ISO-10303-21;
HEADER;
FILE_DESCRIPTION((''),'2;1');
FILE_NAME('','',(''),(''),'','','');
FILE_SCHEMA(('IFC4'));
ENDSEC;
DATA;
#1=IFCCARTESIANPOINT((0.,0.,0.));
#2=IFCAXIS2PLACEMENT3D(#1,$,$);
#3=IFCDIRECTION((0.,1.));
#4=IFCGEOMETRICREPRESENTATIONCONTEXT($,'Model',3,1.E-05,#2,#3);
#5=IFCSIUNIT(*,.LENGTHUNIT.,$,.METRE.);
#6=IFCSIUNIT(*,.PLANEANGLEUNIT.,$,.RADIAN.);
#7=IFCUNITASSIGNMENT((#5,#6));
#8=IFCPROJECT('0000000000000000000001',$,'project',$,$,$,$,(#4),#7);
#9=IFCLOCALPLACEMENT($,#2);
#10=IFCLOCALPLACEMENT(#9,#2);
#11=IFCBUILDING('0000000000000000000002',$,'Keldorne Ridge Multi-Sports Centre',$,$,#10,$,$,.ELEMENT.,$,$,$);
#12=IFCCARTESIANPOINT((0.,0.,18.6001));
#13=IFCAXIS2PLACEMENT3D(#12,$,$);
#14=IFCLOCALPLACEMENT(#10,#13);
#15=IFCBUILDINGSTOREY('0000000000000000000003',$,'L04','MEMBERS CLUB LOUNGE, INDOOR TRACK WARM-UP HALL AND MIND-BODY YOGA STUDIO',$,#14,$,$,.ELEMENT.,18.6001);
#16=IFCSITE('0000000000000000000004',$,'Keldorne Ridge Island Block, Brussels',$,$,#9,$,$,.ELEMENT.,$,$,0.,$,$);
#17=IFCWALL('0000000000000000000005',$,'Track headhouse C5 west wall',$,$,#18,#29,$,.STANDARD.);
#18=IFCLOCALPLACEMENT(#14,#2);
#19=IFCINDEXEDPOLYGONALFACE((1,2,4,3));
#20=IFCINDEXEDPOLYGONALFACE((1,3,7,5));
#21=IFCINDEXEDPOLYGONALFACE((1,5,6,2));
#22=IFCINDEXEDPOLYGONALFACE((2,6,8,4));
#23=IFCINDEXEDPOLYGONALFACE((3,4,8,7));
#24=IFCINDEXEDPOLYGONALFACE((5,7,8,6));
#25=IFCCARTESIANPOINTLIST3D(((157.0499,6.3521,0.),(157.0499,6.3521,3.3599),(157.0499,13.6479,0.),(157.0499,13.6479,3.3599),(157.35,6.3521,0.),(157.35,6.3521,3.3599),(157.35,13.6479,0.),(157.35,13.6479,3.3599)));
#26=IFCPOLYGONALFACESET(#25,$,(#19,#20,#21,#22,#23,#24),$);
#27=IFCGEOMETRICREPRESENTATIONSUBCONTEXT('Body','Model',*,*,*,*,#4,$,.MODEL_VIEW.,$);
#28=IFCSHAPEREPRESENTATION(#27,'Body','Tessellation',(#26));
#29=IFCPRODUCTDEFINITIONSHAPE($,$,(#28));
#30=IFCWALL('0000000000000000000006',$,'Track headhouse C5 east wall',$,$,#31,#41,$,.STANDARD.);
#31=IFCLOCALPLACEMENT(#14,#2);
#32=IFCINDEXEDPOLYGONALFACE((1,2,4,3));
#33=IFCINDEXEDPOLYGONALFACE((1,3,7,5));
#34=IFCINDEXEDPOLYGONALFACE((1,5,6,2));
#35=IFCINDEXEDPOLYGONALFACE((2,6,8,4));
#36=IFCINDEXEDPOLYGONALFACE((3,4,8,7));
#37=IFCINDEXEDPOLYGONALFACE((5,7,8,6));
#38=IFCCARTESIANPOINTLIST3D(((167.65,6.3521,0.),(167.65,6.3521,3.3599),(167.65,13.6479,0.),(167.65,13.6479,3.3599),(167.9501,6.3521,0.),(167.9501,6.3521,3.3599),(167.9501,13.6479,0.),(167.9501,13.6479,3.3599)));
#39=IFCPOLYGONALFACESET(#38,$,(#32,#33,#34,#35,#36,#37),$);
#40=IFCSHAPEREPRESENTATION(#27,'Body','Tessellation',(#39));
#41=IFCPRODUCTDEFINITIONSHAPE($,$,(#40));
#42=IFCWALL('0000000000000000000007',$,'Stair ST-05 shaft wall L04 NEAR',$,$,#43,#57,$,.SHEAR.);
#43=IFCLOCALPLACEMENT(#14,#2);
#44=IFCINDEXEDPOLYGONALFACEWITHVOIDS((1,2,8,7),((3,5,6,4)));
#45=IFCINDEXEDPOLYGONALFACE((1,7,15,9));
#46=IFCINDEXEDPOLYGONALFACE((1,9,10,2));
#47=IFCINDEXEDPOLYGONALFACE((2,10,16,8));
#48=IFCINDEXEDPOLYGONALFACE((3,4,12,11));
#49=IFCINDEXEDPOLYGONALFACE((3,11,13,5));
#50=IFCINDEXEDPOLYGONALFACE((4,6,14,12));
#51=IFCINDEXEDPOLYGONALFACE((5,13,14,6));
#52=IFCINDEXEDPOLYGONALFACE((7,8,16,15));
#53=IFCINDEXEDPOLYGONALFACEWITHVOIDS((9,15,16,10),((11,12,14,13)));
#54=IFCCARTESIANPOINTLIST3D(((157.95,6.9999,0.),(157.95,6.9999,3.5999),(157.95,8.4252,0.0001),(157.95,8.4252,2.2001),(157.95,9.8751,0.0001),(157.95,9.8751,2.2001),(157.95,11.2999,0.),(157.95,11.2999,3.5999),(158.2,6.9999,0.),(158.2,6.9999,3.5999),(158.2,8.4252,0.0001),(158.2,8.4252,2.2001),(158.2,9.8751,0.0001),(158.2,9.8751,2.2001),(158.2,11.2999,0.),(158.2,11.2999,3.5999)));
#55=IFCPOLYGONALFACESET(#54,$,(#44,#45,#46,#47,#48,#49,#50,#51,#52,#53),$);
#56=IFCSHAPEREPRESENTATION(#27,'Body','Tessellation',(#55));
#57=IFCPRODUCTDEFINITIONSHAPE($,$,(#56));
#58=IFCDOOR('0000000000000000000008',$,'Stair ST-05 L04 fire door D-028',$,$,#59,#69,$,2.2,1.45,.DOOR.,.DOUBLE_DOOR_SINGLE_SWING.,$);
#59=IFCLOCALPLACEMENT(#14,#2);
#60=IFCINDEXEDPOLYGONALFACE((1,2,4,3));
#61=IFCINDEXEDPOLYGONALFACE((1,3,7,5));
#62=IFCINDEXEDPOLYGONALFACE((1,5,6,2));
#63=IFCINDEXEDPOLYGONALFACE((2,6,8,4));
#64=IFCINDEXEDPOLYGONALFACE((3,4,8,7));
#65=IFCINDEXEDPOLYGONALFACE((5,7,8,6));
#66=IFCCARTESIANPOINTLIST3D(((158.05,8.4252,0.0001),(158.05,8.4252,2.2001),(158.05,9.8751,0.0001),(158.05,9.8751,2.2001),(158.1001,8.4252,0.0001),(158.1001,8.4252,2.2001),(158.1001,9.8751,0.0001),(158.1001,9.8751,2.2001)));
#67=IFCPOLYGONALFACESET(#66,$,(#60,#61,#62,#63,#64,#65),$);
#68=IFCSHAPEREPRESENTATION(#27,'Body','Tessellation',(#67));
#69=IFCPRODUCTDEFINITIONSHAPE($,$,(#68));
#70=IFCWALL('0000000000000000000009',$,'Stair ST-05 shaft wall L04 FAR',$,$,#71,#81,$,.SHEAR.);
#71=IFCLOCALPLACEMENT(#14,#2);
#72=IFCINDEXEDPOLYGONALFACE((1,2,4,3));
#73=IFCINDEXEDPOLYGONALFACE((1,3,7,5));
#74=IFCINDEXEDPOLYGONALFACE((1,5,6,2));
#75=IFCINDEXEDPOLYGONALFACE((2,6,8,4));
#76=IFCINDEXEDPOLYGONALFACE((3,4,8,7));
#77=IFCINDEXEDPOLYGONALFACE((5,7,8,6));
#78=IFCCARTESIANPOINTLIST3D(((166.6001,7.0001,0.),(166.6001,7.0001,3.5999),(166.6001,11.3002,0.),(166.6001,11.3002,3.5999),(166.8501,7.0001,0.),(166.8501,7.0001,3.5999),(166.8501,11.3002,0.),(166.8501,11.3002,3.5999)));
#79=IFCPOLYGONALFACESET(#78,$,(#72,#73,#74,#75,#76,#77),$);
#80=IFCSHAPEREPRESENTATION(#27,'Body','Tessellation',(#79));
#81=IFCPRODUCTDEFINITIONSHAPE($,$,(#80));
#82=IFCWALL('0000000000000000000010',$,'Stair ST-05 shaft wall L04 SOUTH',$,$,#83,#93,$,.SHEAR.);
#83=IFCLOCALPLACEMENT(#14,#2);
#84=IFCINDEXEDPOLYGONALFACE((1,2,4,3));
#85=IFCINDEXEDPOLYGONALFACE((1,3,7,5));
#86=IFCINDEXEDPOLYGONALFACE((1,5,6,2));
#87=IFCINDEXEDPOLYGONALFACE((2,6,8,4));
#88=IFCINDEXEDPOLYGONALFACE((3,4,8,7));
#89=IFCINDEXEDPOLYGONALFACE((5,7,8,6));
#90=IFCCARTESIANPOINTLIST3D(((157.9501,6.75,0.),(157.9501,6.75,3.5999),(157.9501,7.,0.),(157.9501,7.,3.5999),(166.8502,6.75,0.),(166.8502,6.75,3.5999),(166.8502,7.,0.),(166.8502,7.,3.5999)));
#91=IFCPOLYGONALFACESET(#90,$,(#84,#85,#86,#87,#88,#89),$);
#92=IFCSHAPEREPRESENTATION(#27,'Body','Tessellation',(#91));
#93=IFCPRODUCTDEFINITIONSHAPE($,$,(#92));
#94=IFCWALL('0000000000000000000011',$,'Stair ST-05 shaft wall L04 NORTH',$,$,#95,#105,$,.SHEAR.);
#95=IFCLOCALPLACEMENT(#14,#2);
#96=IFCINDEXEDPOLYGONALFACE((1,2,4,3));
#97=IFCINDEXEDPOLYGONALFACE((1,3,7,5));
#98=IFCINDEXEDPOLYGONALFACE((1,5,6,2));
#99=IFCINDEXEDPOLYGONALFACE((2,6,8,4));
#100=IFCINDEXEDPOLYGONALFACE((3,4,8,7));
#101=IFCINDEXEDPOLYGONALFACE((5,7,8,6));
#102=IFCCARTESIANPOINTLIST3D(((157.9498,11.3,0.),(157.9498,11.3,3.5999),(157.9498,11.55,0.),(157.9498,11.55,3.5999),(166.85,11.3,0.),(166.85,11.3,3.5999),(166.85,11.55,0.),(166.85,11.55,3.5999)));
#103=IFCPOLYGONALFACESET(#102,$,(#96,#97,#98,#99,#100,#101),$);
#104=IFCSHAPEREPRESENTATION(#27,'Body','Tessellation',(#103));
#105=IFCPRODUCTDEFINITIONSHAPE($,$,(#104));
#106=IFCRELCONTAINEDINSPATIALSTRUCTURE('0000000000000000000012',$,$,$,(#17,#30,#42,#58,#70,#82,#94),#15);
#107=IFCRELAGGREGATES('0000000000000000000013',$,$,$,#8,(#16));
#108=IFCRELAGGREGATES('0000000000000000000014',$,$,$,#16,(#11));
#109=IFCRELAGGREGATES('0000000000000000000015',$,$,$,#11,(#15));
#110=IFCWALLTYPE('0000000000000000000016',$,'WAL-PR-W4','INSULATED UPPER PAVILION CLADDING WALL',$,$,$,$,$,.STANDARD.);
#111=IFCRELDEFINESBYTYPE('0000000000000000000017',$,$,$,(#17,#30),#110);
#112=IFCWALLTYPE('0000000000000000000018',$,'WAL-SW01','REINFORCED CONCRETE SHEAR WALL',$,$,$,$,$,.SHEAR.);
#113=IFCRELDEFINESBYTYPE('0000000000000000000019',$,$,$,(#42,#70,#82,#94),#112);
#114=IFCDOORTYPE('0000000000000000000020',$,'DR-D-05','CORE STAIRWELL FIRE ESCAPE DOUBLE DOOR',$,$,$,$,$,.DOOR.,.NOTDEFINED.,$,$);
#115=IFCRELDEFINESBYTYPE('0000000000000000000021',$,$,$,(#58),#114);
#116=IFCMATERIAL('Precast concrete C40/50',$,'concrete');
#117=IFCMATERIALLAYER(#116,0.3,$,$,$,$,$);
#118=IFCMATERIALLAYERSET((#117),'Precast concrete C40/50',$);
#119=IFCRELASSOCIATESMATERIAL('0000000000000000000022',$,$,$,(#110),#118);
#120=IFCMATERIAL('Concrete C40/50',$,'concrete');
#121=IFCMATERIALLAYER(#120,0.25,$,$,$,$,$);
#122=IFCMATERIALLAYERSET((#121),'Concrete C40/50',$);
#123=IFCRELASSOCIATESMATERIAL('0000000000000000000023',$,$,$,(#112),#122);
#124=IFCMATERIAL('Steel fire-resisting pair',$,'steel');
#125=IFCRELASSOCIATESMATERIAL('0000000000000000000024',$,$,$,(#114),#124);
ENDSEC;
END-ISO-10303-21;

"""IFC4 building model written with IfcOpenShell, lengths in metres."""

from ifc_helpers import new_model, si_unit, direction, frame, frame_2d, origin, place, context, subcontext, project, spatial, rectangle, extrude, material, layer, layer_set, type_object, element, fill, save


model = new_model("IFC4")

# Units and contexts
model_context = context("Model", 3, precision=1e-05, world=origin(), true_north=direction((0.0, 1.0)))
body_context = subcontext(model_context, "Body", "Model", "MODEL_VIEW")
ifc_project = project(units=[si_unit("LENGTHUNIT", "METRE"), si_unit("PLANEANGLEUNIT", "RADIAN")], contexts=[model_context])

# Site, building, storey
site_placement = place(None, origin())
site = spatial("IfcSite", under=ifc_project, at=site_placement, Name="Keldorne Ridge Island Block, Brussels", CompositionType="ELEMENT", RefElevation=0.0)
building_placement = place(site_placement, origin())
building = spatial("IfcBuilding", under=site, at=building_placement, Name="Keldorne Ridge Multi-Sports Centre", CompositionType="ELEMENT")
storey_placement = place(building_placement, frame((0.0, 0.0, 18.6001)))
storey = spatial("IfcBuildingStorey", under=building, at=storey_placement, Name="L04", Description="MEMBERS CLUB LOUNGE, INDOOR TRACK WARM-UP HALL AND MIND-BODY YOGA STUDIO", CompositionType="ELEMENT", Elevation=18.6001)

# Shared definitions
ifc_material_1 = material(Name="Precast concrete C40/50", Category="concrete")
ifc_layer_1 = layer(ifc_material_1, 0.3)
ifc_layer_set_1 = layer_set([ifc_layer_1], Name="Precast concrete C40/50")
wall_type_1 = type_object("IfcWallType", Name="WAL-PR-W4", Description="INSULATED UPPER PAVILION CLADDING WALL", PredefinedType="STANDARD", material=ifc_layer_set_1)

# Walls
for number, where, z_axis, x_axis, name in (
    (1, (157.2, 13.6479, 0.0), (0.0, 0.0, 1.0), (0.0, -1.0, 0.0), "Track headhouse C5 west wall"),
    (2, (167.8, 6.3521, 0.0), (0.0, 0.0, 1.0), (0.0, 1.0, 0.0), "Track headhouse C5 east wall"),
):
    element("IfcWall", number, at=place(storey_placement, frame(where, z_axis=z_axis, x_axis=x_axis)), inside=storey, type_object=wall_type_1, Name=name, PredefinedType="STANDARD", context=body_context, shape_type="SweptSolid", body=[
        extrude(rectangle(XDim=7.2959, YDim=0.3, at=frame_2d((3.6479, 0.0))), origin(), (0.0, 0.0, 1.0), 3.3599),
    ])

# Wall, opening, door
ifc_material_2 = material(Name="Concrete C40/50", Category="concrete")
ifc_layer_2 = layer(ifc_material_2, 0.25)
ifc_layer_set_2 = layer_set([ifc_layer_2], Name="Concrete C40/50")
wall_type_2 = type_object("IfcWallType", Name="WAL-SW01", Description="REINFORCED CONCRETE SHEAR WALL", PredefinedType="SHEAR", material=ifc_layer_set_2)
wall_1_placement = place(storey_placement, frame((158.075, 7.0, 0.0), z_axis=(0.0, 0.0, 1.0), x_axis=(0.0, 1.0, 0.0)))
wall_1 = element("IfcWall", 3, at=wall_1_placement, inside=storey, type_object=wall_type_2, Name="Stair ST-05 shaft wall L04 NEAR", PredefinedType="SHEAR", context=body_context, shape_type="SweptSolid", body=[
    extrude(rectangle(XDim=4.3, YDim=0.25, at=frame_2d((2.1499, 0.0))), origin(), (0.0, 0.0, 1.0), 3.5999),
])
opening_1_placement = place(wall_1_placement, frame((1.425, 0.0, 0.0)))
opening_1 = element("IfcOpeningElement", 4, at=opening_1_placement, cuts=wall_1, PredefinedType="OPENING", context=body_context, shape_type="SweptSolid", body=[
    extrude(rectangle(XDim=1.45, YDim=2.2, at=frame_2d((0.7251, 1.1001))), frame((0.0, 0.135, 0.0), z_axis=(0.0, -1.0, 0.0), x_axis=(1.0, 0.0, 0.0)), (0.0, 0.0, 1.0), 0.27),
])
ifc_material_3 = material(Name="Steel fire-resisting pair", Category="steel")
door_type_1 = type_object("IfcDoorType", Name="DR-D-05", Description="CORE STAIRWELL FIRE ESCAPE DOUBLE DOOR", OperationType="NOTDEFINED", PredefinedType="DOOR", material=ifc_material_3)
door_1_placement = place(opening_1_placement, origin())
door_1 = element("IfcDoor", 5, at=door_1_placement, inside=storey, type_object=door_type_1, Name="Stair ST-05 L04 fire door D-028", OperationType="DOUBLE_DOOR_SINGLE_SWING", OverallHeight=2.2, OverallWidth=1.45, PredefinedType="DOOR", context=body_context, shape_type="SweptSolid", body=[
    extrude(rectangle(XDim=1.45, YDim=2.2, at=frame_2d((0.7251, 1.1001))), frame((0.0, 0.0249, 0.0), z_axis=(0.0, -1.0, 0.0), x_axis=(1.0, 0.0, 0.0)), (0.0, 0.0, 1.0), 0.05),
])
fill(opening_1, door_1)

# Walls
wall_2_placement = place(storey_placement, frame((166.7251, 11.3, 0.0), z_axis=(0.0, 0.0, 1.0), x_axis=(0.0, -1.0, 0.0)))
element("IfcWall", 6, at=wall_2_placement, inside=storey, type_object=wall_type_2, Name="Stair ST-05 shaft wall L04 FAR", PredefinedType="SHEAR", context=body_context, shape_type="SweptSolid", body=[
    extrude(rectangle(XDim=4.3, YDim=0.25, at=frame_2d((2.1499, 0.0))), origin(), (0.0, 0.0, 1.0), 3.5999),
])
for number, where, z_axis, x_axis, name in (
    (7, (157.95, 6.875, 0.0), (0.0, 0.0, 1.0), (1.0, 0.0, 0.0), "Stair ST-05 shaft wall L04 SOUTH"),
    (8, (166.8501, 11.425, 0.0), (0.0, 0.0, 1.0), (-1.0, 0.0, 0.0), "Stair ST-05 shaft wall L04 NORTH"),
):
    element("IfcWall", number, at=place(storey_placement, frame(where, z_axis=z_axis, x_axis=x_axis)), inside=storey, type_object=wall_type_2, Name=name, PredefinedType="SHEAR", context=body_context, shape_type="SweptSolid", body=[
        extrude(rectangle(XDim=8.9001, YDim=0.25, at=frame_2d((4.4502, 0.0))), origin(), (0.0, 0.0, 1.0), 3.5999),
    ])

save(model, "model.ifc")
